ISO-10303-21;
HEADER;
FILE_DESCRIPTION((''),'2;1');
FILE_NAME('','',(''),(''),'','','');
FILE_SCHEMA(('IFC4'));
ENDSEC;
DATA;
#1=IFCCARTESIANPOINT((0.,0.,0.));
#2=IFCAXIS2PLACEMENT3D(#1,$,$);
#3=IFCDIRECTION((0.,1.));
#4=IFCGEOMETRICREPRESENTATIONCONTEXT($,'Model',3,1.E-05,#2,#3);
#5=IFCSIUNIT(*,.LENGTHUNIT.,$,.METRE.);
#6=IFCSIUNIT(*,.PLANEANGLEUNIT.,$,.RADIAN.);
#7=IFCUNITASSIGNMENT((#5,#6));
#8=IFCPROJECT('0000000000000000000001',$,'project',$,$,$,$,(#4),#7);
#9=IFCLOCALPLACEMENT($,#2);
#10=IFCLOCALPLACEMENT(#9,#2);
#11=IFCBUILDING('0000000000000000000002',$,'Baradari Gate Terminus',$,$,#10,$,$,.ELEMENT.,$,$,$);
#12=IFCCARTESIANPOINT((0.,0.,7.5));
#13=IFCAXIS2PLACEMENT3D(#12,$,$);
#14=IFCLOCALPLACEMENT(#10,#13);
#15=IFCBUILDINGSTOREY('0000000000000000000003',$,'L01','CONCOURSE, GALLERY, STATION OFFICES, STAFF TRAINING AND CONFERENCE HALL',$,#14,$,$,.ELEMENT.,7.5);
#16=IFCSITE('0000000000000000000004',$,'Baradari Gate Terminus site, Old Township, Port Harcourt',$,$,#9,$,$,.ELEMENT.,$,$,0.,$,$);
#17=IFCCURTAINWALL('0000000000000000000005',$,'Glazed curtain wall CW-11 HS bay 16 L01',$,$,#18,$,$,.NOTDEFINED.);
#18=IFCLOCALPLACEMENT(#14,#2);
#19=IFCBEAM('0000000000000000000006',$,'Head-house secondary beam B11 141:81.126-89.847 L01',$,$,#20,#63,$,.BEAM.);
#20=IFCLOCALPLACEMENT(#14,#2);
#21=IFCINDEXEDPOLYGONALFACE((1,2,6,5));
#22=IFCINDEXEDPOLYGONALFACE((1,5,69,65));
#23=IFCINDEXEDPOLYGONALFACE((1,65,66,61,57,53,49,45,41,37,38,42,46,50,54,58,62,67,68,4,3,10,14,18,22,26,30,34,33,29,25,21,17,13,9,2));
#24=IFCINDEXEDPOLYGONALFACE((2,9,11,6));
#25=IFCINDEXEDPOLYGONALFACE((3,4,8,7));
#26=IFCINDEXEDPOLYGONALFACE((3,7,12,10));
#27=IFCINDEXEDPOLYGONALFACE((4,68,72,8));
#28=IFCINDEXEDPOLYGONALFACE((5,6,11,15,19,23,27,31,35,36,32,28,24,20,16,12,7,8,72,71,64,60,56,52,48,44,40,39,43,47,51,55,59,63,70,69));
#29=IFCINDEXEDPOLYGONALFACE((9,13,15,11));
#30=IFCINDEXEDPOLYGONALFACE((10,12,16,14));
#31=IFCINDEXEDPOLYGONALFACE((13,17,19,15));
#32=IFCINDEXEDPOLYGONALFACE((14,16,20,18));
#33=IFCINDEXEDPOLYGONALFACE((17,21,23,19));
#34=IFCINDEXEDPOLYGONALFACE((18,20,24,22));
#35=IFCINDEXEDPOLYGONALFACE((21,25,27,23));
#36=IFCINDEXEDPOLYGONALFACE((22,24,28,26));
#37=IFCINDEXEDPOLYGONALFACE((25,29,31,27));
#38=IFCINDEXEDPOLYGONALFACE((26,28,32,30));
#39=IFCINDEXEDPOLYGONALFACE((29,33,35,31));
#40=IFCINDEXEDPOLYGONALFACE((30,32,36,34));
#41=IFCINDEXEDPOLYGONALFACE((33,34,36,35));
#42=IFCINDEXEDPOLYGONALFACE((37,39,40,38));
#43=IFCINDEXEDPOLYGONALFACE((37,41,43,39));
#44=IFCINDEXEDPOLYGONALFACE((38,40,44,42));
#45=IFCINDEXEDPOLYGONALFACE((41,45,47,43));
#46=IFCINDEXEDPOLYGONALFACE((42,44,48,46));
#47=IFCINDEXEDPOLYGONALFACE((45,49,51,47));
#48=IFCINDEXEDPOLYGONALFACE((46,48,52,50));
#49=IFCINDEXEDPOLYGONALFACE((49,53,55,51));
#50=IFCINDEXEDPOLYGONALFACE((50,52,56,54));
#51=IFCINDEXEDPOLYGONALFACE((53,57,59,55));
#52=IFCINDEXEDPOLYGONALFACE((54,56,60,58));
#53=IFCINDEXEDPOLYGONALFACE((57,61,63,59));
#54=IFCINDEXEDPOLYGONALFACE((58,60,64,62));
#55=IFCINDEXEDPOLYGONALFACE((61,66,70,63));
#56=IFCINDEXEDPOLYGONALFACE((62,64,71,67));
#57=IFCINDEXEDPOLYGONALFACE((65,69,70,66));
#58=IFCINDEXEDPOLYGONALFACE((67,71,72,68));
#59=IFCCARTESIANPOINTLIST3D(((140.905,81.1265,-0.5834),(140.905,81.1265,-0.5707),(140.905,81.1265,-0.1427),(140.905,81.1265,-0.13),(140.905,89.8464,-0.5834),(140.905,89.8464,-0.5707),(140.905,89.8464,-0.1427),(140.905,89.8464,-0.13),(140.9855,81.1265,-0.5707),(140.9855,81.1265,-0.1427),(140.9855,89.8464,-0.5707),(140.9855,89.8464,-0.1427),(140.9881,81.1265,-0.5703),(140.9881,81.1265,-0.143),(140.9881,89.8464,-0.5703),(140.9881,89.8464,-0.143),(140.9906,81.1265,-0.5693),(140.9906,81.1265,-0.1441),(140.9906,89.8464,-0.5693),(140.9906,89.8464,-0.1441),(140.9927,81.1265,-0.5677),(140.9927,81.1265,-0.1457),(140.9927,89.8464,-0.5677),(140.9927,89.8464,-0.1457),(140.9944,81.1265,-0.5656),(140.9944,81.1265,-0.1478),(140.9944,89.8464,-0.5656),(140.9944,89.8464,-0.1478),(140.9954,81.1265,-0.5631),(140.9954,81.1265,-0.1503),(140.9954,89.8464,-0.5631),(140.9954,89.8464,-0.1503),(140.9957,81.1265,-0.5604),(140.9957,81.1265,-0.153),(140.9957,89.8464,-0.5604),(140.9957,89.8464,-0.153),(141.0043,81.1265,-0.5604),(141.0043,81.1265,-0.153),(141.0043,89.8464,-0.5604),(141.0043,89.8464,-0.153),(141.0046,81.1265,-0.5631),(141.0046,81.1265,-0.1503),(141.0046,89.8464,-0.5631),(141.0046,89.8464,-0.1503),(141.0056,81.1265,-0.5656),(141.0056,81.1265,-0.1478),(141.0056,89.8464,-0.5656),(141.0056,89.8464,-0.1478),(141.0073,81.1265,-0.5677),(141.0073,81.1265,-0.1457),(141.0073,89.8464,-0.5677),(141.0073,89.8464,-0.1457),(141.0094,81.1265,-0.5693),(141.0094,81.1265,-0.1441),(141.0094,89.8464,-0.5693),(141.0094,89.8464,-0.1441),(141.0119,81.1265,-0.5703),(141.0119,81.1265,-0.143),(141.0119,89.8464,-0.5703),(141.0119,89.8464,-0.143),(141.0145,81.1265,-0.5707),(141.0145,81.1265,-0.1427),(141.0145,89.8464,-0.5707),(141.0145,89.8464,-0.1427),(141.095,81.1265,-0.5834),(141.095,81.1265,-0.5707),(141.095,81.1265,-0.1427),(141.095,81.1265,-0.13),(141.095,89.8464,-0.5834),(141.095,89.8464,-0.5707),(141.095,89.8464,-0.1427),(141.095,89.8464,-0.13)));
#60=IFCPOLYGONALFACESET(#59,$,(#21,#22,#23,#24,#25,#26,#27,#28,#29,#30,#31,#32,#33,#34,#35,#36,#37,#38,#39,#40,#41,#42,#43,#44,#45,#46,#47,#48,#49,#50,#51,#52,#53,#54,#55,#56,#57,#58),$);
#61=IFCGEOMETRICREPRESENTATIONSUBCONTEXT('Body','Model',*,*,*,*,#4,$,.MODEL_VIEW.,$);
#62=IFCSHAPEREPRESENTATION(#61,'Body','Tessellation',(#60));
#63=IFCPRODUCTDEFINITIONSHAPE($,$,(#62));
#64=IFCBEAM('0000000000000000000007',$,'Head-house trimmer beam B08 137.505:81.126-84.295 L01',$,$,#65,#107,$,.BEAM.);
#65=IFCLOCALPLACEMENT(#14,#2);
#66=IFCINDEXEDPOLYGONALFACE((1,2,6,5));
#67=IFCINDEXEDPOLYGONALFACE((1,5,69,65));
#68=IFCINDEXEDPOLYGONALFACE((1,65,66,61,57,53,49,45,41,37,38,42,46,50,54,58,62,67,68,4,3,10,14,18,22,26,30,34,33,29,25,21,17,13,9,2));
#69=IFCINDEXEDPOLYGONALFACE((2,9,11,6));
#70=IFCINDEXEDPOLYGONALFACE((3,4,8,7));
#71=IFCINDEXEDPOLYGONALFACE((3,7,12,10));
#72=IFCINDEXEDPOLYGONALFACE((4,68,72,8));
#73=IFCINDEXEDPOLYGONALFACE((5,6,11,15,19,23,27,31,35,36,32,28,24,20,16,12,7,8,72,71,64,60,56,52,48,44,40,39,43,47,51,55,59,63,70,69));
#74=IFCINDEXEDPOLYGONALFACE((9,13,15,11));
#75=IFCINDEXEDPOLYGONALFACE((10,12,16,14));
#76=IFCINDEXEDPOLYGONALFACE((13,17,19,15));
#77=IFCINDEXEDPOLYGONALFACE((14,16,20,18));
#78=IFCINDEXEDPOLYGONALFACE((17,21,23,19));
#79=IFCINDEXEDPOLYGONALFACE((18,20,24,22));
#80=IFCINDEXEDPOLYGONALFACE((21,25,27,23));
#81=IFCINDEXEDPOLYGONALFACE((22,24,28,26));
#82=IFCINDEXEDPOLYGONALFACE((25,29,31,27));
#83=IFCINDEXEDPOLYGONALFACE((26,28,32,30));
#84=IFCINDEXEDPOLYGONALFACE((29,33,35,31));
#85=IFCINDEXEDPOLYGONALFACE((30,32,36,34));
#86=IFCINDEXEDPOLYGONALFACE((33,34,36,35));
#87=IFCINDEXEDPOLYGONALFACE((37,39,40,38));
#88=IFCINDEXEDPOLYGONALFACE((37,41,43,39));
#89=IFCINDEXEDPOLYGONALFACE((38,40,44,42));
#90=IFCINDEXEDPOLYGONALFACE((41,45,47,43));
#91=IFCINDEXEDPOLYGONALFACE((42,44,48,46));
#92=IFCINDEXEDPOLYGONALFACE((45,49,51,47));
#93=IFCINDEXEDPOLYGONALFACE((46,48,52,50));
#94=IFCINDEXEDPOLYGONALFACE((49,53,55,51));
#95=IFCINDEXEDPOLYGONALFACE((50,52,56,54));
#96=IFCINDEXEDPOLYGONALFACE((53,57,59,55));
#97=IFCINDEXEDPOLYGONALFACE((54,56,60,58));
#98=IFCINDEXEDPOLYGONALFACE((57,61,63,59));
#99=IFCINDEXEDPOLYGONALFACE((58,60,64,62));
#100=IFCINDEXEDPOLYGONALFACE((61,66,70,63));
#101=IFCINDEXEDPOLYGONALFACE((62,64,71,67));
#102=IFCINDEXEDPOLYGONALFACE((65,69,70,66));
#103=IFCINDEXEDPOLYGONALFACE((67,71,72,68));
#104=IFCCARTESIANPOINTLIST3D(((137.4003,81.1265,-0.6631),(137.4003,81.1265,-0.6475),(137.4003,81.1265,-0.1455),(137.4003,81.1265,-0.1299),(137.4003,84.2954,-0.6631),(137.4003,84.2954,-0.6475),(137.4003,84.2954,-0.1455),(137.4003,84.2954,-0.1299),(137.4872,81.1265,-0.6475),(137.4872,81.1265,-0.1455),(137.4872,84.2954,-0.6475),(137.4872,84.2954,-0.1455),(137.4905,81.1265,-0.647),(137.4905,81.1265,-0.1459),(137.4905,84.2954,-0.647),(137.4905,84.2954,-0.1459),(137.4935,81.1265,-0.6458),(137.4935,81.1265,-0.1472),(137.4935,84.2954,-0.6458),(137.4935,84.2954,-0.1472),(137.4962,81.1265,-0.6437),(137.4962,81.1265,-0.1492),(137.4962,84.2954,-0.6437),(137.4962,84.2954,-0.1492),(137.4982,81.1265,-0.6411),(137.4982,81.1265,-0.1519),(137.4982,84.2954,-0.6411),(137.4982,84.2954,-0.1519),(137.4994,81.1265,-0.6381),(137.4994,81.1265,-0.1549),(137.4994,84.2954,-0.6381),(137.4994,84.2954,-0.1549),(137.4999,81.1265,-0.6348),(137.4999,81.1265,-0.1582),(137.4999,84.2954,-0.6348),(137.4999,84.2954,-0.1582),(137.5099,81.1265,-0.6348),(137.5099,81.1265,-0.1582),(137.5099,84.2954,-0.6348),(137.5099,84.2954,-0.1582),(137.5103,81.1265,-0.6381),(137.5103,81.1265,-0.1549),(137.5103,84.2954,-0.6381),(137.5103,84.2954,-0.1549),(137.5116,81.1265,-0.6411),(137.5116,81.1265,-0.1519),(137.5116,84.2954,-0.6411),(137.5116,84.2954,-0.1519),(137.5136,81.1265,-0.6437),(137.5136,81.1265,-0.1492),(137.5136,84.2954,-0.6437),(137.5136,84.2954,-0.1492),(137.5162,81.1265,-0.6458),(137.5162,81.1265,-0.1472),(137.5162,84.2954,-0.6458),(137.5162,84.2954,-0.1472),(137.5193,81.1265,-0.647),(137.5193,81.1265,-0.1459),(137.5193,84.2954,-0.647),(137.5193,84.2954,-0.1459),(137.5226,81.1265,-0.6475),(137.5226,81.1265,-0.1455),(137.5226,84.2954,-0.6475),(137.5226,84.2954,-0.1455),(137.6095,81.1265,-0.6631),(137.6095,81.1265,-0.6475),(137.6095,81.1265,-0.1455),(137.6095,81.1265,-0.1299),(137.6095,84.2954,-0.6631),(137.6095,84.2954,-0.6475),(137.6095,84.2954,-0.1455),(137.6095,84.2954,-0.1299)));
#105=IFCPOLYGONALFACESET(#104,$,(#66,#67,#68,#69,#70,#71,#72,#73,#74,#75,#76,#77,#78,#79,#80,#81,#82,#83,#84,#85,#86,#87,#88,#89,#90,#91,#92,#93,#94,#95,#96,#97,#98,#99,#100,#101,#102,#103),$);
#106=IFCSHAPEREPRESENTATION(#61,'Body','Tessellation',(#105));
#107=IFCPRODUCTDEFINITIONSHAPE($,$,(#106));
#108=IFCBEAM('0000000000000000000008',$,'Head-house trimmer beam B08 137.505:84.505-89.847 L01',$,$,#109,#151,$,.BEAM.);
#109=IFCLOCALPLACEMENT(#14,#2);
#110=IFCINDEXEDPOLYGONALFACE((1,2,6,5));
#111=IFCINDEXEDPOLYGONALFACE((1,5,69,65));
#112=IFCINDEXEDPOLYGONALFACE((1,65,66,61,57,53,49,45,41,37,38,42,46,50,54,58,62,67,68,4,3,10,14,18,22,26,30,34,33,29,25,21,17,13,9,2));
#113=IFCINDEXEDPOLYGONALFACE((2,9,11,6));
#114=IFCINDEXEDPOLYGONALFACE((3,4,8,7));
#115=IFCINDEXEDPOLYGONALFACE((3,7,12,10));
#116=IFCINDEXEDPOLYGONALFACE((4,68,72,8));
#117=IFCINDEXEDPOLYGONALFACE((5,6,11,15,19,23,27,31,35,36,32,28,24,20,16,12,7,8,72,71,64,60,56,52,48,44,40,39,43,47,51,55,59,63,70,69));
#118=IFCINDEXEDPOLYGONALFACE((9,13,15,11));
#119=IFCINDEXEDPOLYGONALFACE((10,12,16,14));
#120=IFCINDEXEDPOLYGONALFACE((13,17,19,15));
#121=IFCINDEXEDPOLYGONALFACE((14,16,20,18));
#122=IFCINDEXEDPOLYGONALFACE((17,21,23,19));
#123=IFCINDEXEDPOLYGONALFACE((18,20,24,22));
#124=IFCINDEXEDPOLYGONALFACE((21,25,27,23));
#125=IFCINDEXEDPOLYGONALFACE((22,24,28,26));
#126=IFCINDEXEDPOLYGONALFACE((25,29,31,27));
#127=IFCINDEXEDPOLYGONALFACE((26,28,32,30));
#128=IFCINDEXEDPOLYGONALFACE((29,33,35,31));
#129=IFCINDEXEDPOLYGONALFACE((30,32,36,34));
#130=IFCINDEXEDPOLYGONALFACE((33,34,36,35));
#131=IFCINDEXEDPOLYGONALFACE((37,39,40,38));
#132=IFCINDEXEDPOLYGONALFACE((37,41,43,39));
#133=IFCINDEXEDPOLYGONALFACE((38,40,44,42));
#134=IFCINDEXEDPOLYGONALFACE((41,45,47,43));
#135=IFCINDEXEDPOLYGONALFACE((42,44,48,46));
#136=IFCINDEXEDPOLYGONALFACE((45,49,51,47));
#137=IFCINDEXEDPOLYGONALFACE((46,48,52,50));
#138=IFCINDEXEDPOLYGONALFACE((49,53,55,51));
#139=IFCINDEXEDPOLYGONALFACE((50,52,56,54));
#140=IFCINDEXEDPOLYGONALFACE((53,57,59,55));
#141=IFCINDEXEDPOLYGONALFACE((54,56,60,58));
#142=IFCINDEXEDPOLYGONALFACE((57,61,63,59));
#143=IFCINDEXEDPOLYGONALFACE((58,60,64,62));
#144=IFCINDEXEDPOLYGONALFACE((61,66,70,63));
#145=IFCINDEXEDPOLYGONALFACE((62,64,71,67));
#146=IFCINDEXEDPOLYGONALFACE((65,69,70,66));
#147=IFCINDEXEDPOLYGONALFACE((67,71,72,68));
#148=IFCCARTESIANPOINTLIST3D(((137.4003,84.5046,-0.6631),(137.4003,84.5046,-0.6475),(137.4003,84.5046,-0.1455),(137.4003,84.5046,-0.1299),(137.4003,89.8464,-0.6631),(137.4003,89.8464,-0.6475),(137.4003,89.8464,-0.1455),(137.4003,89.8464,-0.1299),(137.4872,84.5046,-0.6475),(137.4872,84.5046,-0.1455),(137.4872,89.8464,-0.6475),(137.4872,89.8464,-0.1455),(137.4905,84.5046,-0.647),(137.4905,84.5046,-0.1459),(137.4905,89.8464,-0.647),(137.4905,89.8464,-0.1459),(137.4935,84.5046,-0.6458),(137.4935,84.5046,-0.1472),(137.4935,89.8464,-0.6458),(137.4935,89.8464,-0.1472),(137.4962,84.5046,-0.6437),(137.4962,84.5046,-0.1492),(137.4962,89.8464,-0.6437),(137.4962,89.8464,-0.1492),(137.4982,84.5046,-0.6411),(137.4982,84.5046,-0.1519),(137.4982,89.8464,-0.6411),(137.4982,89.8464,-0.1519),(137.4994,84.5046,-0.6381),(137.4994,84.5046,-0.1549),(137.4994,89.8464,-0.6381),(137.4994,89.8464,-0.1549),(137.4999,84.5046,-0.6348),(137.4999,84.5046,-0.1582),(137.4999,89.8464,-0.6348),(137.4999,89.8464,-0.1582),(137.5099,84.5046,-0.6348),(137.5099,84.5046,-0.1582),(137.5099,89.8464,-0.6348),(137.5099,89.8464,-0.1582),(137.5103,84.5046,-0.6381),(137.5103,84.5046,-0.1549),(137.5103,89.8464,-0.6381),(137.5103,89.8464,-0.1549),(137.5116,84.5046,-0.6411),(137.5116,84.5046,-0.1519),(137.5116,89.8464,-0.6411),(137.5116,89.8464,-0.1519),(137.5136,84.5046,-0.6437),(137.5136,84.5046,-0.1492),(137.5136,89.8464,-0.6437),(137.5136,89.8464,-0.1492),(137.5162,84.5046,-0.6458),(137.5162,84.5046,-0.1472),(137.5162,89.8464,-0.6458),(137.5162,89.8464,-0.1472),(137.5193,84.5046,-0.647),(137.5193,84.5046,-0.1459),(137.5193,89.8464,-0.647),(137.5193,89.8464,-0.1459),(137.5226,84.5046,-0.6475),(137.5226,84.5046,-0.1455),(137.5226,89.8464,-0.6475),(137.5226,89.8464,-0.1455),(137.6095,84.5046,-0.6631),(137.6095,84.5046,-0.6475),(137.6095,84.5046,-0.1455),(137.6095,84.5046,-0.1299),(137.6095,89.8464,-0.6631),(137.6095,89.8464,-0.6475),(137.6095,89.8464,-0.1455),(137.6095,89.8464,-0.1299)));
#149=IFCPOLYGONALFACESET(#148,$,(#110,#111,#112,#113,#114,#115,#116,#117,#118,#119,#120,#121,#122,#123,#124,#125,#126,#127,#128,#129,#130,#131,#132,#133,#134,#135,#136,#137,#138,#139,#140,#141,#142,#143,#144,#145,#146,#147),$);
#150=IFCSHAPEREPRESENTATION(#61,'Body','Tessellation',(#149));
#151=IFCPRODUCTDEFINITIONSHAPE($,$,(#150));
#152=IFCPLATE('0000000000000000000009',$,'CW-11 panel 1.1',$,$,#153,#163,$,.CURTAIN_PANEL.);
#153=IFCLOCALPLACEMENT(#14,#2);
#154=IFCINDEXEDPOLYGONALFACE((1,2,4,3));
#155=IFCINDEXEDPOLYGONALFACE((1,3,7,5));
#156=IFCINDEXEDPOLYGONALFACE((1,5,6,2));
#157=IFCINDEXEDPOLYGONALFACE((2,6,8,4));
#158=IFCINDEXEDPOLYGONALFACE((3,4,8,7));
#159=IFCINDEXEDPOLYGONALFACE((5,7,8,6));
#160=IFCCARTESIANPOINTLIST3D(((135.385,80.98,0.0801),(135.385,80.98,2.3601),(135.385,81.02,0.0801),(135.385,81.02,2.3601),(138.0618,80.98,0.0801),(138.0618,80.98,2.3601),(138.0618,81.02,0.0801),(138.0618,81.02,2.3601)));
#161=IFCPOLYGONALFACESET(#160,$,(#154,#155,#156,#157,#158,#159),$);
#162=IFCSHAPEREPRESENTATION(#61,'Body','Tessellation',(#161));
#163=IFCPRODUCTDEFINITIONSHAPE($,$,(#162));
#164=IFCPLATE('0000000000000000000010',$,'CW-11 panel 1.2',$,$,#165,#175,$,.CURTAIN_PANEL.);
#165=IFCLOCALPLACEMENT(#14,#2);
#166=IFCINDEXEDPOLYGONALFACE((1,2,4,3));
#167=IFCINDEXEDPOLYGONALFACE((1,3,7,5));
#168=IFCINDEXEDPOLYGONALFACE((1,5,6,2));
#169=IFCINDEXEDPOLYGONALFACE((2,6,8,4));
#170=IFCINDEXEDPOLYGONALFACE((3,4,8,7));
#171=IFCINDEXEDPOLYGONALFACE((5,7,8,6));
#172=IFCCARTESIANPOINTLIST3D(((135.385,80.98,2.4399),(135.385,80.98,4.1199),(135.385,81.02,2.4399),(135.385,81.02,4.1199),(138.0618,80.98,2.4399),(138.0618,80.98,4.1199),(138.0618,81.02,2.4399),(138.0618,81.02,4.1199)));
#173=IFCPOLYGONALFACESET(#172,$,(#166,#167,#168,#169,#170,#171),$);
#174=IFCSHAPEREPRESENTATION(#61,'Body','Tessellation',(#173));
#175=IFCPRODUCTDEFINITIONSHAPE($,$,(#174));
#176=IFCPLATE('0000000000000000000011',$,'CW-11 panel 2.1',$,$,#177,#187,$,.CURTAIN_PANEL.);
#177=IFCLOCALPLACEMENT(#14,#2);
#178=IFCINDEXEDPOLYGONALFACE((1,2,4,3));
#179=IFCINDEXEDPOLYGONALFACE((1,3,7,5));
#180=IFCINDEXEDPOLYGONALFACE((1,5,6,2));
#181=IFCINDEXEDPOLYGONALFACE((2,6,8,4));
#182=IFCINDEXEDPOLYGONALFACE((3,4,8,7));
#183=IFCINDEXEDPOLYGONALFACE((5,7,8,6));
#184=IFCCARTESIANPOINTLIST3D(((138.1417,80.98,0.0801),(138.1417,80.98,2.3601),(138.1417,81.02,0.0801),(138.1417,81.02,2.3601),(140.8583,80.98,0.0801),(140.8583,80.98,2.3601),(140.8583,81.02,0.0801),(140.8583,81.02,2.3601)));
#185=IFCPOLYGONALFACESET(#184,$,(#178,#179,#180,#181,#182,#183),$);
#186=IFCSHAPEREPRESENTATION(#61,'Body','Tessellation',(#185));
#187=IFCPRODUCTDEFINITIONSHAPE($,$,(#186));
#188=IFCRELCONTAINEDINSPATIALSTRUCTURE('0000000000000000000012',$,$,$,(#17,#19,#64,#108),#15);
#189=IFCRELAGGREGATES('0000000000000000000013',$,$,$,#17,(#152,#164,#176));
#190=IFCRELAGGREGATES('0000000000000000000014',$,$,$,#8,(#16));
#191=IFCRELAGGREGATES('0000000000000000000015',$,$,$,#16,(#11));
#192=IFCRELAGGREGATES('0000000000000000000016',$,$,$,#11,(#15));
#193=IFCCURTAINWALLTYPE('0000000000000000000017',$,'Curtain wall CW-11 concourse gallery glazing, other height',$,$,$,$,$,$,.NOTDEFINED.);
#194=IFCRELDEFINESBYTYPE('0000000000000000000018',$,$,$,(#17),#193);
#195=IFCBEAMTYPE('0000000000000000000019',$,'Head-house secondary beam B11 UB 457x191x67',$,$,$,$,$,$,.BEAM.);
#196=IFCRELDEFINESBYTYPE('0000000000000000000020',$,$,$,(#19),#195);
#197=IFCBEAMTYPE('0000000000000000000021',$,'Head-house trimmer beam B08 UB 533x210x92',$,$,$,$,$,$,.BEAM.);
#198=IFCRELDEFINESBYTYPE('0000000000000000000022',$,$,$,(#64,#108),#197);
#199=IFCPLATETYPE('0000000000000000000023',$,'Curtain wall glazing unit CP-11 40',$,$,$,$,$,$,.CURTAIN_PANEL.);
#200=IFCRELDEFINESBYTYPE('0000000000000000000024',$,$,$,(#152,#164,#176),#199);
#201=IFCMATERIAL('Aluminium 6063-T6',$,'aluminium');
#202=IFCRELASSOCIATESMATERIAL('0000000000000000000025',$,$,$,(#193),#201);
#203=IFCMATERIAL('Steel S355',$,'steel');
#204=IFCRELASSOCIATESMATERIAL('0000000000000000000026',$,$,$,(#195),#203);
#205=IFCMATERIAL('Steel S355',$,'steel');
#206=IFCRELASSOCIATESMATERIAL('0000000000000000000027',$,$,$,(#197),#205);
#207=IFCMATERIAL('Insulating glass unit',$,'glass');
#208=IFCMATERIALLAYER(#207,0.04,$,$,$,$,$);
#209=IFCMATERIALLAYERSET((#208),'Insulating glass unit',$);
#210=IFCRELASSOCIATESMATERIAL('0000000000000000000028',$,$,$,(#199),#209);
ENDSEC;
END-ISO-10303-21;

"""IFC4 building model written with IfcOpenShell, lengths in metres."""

from ifc_helpers import new_model, si_unit, direction, frame, origin, origin_2d, place, context, subcontext, project, spatial, rectangle, i_section, extrude, material, layer, layer_set, material_profile, profile_set, type_object, element, aggregate, save


model = new_model("IFC4")

# Units and contexts
model_context = context("Model", 3, precision=1e-05, world=origin(), true_north=direction((0.0, 1.0)))
body_context = subcontext(model_context, "Body", "Model", "MODEL_VIEW")
ifc_project = project(units=[si_unit("LENGTHUNIT", "METRE"), si_unit("PLANEANGLEUNIT", "RADIAN")], contexts=[model_context])

# Site, building, storey
site_placement = place(None, origin())
site = spatial("IfcSite", under=ifc_project, at=site_placement, Name="Baradari Gate Terminus site, Old Township, Port Harcourt", CompositionType="ELEMENT", RefElevation=0.0)
building_placement = place(site_placement, origin())
building = spatial("IfcBuilding", under=site, at=building_placement, Name="Baradari Gate Terminus", CompositionType="ELEMENT")
storey_placement = place(building_placement, frame((0.0, 0.0, 7.5)))
storey = spatial("IfcBuildingStorey", under=building, at=storey_placement, Name="L01", Description="CONCOURSE, GALLERY, STATION OFFICES, STAFF TRAINING AND CONFERENCE HALL", CompositionType="ELEMENT", Elevation=7.5)

# Curtain wall
ifc_material_1 = material(Name="Aluminium 6063-T6", Category="aluminium")
curtain_wall_type = type_object("IfcCurtainWallType", Name="Curtain wall CW-11 concourse gallery glazing, other height", PredefinedType="NOTDEFINED", material=ifc_material_1)
curtain_wall_placement = place(storey_placement, origin())
curtain_wall = element("IfcCurtainWall", 1, at=curtain_wall_placement, inside=storey, type_object=curtain_wall_type, Name="Glazed curtain wall CW-11 HS bay 16 L01", PredefinedType="NOTDEFINED")

# Beams
ifc_material_2 = material(Name="Steel S355", Category="steel")
ifc_material_profile_1 = material_profile(ifc_material_2, i_section(OverallWidth=0.1899, OverallDepth=0.4534, WebThickness=0.0085, FlangeThickness=0.0127, FilletRadius=0.0103, at=origin_2d()), Name="UB 457x191x67")
ifc_profile_set_1 = profile_set([ifc_material_profile_1], Name="Steel S355")
beam_type_1 = type_object("IfcBeamType", Name="Head-house secondary beam B11 UB 457x191x67", PredefinedType="BEAM", material=ifc_profile_set_1)
for number, where, z_axis, x_axis, name in (
    (2, (141.0, 81.1265, -0.3567), (0.0, 1.0, 0.0), (-1.0, 0.0, 0.0), "Head-house secondary beam B11 141:81.126-89.847 L01"),
):
    element("IfcBeam", number, at=place(storey_placement, frame(where, z_axis=z_axis, x_axis=x_axis)), inside=storey, type_object=beam_type_1, Name=name, PredefinedType="BEAM", context=body_context, shape_type="SweptSolid", body=[
        extrude(i_section(OverallWidth=0.1899, OverallDepth=0.4534, WebThickness=0.0085, FlangeThickness=0.0127, FilletRadius=0.0103, at=origin_2d()), origin(), (0.0, 0.0, 1.0), 8.72),
    ])
ifc_material_3 = material(Name="Steel S355", Category="steel")
ifc_material_profile_2 = material_profile(ifc_material_3, i_section(OverallWidth=0.2092, OverallDepth=0.5332, WebThickness=0.01, FlangeThickness=0.0156, FilletRadius=0.0127, at=origin_2d()), Name="UB 533x210x92")
ifc_profile_set_2 = profile_set([ifc_material_profile_2], Name="Steel S355")
beam_type_2 = type_object("IfcBeamType", Name="Head-house trimmer beam B08 UB 533x210x92", PredefinedType="BEAM", material=ifc_profile_set_2)
beam_1_placement = place(storey_placement, frame((137.5049, 81.1265, -0.3965), z_axis=(0.0, 1.0, 0.0), x_axis=(-1.0, 0.0, 0.0)))
element("IfcBeam", 3, at=beam_1_placement, inside=storey, type_object=beam_type_2, Name="Head-house trimmer beam B08 137.505:81.126-84.295 L01", PredefinedType="BEAM", context=body_context, shape_type="SweptSolid", body=[
    extrude(i_section(OverallWidth=0.2092, OverallDepth=0.5332, WebThickness=0.01, FlangeThickness=0.0156, FilletRadius=0.0127, at=origin_2d()), origin(), (0.0, 0.0, 1.0), 3.1689),
])
beam_2_placement = place(storey_placement, frame((137.5049, 84.5046, -0.3965), z_axis=(0.0, 1.0, 0.0), x_axis=(-1.0, 0.0, 0.0)))
element("IfcBeam", 4, at=beam_2_placement, inside=storey, type_object=beam_type_2, Name="Head-house trimmer beam B08 137.505:84.505-89.847 L01", PredefinedType="BEAM", context=body_context, shape_type="SweptSolid", body=[
    extrude(i_section(OverallWidth=0.2092, OverallDepth=0.5332, WebThickness=0.01, FlangeThickness=0.0156, FilletRadius=0.0127, at=origin_2d()), origin(), (0.0, 0.0, 1.0), 5.3418),
])

# Plates
ifc_material_4 = material(Name="Insulating glass unit", Category="glass")
ifc_layer_1 = layer(ifc_material_4, 0.04)
ifc_layer_set_1 = layer_set([ifc_layer_1], Name="Insulating glass unit")
plate_type = type_object("IfcPlateType", Name="Curtain wall glazing unit CP-11 40", PredefinedType="CURTAIN_PANEL", material=ifc_layer_set_1)
plate_1_placement = place(storey_placement, frame((136.7234, 81.0, 0.0801), z_axis=(0.0, 0.0, 1.0), x_axis=(1.0, 0.0, 0.0)))
plate_1 = element("IfcPlate", 5, at=plate_1_placement, type_object=plate_type, Name="CW-11 panel 1.1", PredefinedType="CURTAIN_PANEL", context=body_context, shape_type="SweptSolid", body=[
    extrude(rectangle(XDim=2.6768, YDim=0.04, at=origin_2d()), origin(), (0.0, 0.0, 1.0), 2.28),
])
plate_2_placement = place(storey_placement, frame((136.7234, 81.0, 2.4399), z_axis=(0.0, 0.0, 1.0), x_axis=(1.0, 0.0, 0.0)))
plate_2 = element("IfcPlate", 6, at=plate_2_placement, type_object=plate_type, Name="CW-11 panel 1.2", PredefinedType="CURTAIN_PANEL", context=body_context, shape_type="SweptSolid", body=[
    extrude(rectangle(XDim=2.6768, YDim=0.04, at=origin_2d()), origin(), (0.0, 0.0, 1.0), 1.6799),
])
plate_3_placement = place(storey_placement, frame((139.5, 81.0, 0.0801), z_axis=(0.0, 0.0, 1.0), x_axis=(1.0, 0.0, 0.0)))
plate_3 = element("IfcPlate", 7, at=plate_3_placement, type_object=plate_type, Name="CW-11 panel 2.1", PredefinedType="CURTAIN_PANEL", context=body_context, shape_type="SweptSolid", body=[
    extrude(rectangle(XDim=2.7166, YDim=0.04, at=origin_2d()), origin(), (0.0, 0.0, 1.0), 2.28),
])
aggregate(curtain_wall, [plate_1, plate_2, plate_3])

save(model, "model.ifc")
